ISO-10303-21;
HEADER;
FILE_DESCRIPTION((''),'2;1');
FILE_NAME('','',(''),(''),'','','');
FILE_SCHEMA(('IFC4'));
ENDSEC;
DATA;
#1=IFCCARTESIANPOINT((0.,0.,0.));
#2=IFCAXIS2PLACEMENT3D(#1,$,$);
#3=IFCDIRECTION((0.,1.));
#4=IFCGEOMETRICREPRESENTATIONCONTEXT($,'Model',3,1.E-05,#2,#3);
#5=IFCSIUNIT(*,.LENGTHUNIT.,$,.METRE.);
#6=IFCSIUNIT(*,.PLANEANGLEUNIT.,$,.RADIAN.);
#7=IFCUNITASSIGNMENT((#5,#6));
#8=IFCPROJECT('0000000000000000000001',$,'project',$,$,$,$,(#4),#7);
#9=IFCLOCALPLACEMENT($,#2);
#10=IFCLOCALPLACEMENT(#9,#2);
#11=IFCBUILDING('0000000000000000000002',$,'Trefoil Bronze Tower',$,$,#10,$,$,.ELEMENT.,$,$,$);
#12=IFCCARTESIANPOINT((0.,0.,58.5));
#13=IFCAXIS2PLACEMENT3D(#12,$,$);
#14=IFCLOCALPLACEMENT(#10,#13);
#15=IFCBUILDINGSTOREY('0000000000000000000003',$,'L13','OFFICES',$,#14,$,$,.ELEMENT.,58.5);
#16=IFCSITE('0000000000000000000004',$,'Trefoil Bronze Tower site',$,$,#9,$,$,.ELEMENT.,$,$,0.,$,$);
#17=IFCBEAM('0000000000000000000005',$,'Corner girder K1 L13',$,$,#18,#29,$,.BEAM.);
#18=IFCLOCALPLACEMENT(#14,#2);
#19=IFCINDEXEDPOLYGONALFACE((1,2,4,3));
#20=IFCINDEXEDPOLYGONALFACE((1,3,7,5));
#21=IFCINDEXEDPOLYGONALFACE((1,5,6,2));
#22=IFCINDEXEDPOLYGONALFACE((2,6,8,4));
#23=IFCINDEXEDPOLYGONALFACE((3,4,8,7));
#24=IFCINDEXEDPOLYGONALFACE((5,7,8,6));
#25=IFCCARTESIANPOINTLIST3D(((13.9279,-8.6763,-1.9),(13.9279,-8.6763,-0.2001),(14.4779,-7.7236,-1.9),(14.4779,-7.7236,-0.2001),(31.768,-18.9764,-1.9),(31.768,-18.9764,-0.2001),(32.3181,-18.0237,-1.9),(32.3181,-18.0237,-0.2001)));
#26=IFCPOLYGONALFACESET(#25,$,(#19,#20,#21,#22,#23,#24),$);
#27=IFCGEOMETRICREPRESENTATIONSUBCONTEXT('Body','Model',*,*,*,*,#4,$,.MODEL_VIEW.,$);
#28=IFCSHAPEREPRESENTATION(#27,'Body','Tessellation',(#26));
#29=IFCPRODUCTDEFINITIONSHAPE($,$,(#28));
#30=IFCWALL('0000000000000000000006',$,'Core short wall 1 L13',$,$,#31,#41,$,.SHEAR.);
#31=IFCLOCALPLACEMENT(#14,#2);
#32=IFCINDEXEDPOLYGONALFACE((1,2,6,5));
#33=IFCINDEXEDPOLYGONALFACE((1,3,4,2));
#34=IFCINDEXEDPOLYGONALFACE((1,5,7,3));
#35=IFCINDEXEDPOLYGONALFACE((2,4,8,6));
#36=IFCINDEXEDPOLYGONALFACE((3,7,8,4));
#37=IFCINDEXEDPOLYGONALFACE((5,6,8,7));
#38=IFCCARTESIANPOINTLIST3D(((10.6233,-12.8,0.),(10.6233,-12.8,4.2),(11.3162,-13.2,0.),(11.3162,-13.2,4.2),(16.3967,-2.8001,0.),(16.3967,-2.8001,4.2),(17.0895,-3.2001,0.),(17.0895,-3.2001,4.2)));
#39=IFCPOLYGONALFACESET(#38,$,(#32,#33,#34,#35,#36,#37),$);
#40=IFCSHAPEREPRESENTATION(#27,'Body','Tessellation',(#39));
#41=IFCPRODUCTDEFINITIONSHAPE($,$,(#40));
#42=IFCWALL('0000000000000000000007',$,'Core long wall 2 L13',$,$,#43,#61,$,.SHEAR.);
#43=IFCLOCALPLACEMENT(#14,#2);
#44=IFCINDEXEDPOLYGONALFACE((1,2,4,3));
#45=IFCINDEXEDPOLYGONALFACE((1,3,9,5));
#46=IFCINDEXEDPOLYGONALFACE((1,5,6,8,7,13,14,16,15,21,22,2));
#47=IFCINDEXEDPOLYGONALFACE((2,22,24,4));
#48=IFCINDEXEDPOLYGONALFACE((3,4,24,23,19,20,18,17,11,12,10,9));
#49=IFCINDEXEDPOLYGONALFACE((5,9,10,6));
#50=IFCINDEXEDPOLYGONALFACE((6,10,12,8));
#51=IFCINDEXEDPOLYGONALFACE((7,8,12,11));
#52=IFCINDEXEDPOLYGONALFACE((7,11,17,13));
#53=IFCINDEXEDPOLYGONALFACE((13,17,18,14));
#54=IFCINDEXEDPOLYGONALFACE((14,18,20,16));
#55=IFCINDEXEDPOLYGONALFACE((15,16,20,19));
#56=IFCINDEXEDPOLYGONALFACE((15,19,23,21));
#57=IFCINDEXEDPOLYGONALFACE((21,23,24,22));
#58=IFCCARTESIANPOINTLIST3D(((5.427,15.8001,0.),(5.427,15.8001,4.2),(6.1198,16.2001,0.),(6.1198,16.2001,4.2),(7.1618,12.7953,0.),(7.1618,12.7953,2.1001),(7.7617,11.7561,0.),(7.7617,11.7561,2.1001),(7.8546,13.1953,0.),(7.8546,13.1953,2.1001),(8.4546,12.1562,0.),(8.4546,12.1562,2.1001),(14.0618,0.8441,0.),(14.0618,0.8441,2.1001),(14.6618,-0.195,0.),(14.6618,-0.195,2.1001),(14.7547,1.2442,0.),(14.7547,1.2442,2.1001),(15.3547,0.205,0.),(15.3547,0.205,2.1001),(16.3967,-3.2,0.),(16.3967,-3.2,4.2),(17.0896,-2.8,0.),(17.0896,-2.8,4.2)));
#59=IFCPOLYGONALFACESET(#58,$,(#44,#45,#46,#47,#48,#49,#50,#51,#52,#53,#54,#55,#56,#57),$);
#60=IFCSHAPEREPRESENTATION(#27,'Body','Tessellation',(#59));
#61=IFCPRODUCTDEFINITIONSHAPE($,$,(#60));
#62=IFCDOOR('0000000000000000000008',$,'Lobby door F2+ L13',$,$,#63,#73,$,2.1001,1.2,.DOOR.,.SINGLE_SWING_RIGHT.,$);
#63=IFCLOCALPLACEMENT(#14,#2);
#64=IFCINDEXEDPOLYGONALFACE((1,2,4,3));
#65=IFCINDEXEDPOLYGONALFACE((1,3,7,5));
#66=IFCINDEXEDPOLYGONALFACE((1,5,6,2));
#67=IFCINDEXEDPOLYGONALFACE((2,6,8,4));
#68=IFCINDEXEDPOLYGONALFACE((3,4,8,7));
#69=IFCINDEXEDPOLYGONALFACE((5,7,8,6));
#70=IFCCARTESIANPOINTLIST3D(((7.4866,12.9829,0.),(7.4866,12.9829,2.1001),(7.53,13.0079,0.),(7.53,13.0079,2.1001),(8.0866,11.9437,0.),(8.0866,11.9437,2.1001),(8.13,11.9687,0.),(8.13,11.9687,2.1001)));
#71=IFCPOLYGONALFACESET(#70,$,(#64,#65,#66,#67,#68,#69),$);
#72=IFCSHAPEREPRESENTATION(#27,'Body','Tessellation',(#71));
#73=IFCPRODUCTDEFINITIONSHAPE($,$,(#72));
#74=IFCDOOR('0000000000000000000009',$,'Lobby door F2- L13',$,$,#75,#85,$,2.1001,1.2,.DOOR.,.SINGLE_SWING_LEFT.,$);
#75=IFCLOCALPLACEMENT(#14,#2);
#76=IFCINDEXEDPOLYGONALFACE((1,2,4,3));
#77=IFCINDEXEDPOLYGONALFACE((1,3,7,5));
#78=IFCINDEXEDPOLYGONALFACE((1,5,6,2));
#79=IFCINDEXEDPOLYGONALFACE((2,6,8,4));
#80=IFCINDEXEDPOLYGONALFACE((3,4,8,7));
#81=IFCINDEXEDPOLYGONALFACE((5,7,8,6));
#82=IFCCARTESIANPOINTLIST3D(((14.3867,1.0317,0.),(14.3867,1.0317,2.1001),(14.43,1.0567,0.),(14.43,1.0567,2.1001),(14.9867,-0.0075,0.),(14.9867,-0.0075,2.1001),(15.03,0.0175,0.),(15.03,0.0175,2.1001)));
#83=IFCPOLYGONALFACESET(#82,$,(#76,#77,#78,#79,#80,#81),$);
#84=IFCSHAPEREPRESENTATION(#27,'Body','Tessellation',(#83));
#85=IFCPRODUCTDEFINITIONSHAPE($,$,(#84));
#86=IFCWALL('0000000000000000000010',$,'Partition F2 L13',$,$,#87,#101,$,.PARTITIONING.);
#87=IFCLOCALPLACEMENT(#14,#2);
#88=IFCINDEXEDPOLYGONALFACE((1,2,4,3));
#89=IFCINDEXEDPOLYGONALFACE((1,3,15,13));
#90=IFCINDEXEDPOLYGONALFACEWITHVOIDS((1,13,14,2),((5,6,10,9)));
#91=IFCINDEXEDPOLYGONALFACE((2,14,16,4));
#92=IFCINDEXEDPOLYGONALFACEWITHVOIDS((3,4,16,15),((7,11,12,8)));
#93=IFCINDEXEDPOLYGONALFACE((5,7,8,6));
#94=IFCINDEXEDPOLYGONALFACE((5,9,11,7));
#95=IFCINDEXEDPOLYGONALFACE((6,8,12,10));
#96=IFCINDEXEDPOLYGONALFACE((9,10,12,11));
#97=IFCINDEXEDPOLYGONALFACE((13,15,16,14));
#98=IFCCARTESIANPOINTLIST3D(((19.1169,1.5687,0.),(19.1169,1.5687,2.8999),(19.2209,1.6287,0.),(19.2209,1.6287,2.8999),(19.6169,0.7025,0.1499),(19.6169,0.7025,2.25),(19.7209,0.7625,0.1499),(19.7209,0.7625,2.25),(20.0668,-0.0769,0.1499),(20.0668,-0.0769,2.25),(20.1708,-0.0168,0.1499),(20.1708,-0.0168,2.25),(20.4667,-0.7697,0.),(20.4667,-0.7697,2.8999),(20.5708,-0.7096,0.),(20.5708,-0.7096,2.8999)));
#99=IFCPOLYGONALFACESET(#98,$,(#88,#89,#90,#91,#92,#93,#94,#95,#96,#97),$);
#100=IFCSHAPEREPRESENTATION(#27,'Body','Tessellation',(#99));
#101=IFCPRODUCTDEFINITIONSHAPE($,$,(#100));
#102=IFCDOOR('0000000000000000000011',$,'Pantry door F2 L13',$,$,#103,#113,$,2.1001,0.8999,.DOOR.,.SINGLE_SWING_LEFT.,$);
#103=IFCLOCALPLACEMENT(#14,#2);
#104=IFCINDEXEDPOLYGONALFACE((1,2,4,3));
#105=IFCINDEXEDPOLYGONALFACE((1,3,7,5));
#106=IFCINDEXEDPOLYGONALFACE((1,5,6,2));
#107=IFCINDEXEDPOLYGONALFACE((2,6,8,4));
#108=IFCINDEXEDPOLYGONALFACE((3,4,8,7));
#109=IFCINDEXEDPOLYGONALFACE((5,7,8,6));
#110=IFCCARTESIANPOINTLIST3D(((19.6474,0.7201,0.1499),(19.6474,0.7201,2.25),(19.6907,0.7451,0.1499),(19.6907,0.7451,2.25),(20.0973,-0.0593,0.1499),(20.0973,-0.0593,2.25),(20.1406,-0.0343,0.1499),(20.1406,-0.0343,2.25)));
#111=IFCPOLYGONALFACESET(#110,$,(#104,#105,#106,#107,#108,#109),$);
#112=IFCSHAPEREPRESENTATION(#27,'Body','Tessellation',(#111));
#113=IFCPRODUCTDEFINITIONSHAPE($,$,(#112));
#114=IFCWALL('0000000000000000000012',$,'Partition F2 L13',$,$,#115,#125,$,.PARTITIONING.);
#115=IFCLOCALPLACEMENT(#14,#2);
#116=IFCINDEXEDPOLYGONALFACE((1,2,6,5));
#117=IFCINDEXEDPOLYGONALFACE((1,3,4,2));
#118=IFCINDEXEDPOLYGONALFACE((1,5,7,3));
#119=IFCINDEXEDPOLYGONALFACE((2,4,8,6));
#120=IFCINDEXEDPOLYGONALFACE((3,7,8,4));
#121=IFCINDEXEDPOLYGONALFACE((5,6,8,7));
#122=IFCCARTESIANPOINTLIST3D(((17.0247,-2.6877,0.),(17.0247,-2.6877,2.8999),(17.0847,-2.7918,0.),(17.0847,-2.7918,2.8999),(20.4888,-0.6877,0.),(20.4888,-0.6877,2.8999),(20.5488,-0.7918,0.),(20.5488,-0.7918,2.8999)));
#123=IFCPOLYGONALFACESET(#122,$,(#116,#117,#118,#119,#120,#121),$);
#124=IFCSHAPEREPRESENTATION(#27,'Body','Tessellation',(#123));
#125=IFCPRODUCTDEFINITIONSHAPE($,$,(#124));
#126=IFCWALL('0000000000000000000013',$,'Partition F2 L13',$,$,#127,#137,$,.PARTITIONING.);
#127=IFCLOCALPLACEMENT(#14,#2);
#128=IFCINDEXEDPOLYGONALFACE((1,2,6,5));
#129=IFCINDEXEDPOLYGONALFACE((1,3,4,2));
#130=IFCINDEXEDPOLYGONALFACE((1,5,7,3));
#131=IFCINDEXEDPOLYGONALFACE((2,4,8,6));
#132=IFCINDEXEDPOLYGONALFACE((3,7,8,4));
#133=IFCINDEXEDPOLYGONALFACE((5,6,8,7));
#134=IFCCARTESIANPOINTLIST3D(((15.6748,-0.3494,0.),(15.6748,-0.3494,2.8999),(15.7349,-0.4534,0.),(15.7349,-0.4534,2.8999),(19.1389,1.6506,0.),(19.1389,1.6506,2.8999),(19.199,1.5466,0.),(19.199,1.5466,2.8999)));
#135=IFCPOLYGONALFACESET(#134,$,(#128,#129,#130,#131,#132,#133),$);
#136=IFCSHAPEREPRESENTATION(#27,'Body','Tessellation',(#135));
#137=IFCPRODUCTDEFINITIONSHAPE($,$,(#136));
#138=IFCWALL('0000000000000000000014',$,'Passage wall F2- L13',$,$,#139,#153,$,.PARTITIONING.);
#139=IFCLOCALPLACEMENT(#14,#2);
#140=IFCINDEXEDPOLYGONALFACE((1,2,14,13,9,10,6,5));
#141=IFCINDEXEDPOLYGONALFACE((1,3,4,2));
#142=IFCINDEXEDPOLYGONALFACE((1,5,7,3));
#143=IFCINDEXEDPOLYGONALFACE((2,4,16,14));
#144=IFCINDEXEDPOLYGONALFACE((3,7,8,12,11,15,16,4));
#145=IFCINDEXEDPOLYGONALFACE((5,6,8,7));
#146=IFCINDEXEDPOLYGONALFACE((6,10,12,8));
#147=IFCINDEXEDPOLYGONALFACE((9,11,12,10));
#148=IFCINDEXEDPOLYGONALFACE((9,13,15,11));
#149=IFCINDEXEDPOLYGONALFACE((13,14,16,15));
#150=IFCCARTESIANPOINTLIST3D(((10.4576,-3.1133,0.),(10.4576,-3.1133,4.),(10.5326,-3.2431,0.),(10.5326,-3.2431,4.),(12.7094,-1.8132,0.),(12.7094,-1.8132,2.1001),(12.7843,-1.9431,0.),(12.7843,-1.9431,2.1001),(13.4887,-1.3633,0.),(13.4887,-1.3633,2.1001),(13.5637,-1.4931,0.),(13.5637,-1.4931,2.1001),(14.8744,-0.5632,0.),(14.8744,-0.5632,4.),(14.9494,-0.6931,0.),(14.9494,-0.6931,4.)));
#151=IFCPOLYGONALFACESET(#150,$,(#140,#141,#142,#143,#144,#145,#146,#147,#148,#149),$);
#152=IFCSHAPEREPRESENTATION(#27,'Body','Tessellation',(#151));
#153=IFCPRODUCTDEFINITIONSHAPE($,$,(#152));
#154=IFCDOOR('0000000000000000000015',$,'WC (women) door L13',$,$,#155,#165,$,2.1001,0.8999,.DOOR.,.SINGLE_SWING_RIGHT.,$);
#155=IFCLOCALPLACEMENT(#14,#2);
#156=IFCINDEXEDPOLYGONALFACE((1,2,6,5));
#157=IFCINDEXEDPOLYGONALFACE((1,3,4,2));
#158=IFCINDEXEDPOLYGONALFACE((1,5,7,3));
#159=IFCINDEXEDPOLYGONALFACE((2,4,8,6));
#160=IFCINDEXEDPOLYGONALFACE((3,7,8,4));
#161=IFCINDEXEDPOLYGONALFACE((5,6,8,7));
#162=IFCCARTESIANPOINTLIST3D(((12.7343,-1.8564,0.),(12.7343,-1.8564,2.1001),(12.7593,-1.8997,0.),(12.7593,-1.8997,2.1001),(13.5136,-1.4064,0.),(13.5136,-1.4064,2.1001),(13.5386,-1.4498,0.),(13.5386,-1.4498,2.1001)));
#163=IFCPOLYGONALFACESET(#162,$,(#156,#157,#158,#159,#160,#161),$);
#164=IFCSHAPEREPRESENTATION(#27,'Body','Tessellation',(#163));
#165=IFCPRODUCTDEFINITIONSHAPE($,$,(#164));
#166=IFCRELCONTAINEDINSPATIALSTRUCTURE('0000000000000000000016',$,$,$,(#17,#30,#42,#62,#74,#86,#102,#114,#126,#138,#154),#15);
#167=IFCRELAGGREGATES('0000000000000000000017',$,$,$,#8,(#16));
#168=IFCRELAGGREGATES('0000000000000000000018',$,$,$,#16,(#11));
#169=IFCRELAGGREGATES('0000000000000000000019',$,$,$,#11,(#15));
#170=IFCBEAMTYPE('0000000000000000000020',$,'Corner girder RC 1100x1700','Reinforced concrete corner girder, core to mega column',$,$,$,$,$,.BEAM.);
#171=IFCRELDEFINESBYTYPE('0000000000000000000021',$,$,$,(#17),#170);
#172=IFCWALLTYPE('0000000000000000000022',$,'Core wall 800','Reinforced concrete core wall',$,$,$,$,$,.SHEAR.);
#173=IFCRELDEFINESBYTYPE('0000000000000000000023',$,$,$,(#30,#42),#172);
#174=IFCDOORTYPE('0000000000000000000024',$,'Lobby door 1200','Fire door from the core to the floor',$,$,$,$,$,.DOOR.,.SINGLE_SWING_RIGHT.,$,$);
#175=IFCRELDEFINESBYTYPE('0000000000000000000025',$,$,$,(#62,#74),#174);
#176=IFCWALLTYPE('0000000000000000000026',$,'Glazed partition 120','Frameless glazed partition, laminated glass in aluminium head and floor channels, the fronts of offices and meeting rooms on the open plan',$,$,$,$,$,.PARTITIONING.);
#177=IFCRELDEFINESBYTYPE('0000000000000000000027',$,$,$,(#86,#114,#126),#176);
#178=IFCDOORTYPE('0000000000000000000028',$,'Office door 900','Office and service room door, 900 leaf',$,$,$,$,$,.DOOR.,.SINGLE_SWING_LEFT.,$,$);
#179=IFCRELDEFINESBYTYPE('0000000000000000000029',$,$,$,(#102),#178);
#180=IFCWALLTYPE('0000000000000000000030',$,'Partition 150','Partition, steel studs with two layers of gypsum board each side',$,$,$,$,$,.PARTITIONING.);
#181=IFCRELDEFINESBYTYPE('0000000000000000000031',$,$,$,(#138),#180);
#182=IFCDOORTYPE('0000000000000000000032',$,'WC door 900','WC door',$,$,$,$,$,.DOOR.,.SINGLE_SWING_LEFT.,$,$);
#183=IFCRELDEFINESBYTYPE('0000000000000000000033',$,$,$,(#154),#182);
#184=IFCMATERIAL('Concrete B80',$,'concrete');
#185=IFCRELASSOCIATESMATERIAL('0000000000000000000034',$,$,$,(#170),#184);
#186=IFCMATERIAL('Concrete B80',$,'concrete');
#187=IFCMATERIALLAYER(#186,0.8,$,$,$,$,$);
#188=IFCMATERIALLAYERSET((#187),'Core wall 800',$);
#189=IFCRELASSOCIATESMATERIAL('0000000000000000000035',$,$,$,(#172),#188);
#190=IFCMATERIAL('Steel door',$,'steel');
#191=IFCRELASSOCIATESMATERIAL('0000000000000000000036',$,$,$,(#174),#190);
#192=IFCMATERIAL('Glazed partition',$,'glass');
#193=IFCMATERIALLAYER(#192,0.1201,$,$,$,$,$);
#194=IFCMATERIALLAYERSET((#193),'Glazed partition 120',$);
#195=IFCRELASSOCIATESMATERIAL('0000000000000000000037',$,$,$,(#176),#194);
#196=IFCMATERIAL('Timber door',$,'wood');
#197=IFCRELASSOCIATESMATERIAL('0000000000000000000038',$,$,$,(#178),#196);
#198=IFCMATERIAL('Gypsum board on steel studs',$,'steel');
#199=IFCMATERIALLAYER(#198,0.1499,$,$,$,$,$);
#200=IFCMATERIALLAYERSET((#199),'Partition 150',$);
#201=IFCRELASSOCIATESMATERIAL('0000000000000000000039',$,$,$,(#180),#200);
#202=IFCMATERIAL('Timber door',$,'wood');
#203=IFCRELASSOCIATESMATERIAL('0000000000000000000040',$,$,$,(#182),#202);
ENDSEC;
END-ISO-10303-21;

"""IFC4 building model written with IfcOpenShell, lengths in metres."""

from ifc_helpers import new_model, si_unit, direction, frame, frame_2d, origin, origin_2d, place, context, subcontext, project, spatial, rectangle, extrude, material, layer, layer_set, material_profile, profile_set, type_object, element, fill, save


model = new_model("IFC4")

# Units and contexts
model_context = context("Model", 3, precision=1e-05, world=origin(), true_north=direction((0.0, 1.0)))
body_context = subcontext(model_context, "Body", "Model", "MODEL_VIEW")
ifc_project = project(units=[si_unit("LENGTHUNIT", "METRE"), si_unit("PLANEANGLEUNIT", "RADIAN")], contexts=[model_context])

# Site, building, storey
site_placement = place(None, origin())
site = spatial("IfcSite", under=ifc_project, at=site_placement, Name="Trefoil Bronze Tower site", CompositionType="ELEMENT", RefElevation=0.0)
building_placement = place(site_placement, origin())
building = spatial("IfcBuilding", under=site, at=building_placement, Name="Trefoil Bronze Tower", CompositionType="ELEMENT")
storey_placement = place(building_placement, frame((0.0, 0.0, 58.5)))
storey = spatial("IfcBuildingStorey", under=building, at=storey_placement, Name="L13", Description="OFFICES", CompositionType="ELEMENT", Elevation=58.5)

# Beam
ifc_material_1 = material(Name="Concrete B80", Category="concrete")
ifc_material_profile_1 = material_profile(ifc_material_1, rectangle(XDim=1.1001, YDim=1.7, at=origin_2d()), Name="RC 1100x1700")
ifc_profile_set_1 = profile_set([ifc_material_profile_1], Name="Concrete B80")
beam_type_1 = type_object("IfcBeamType", Name="Corner girder RC 1100x1700", Description="Reinforced concrete corner girder, core to mega column", PredefinedType="BEAM", material=ifc_profile_set_1)
beam_placement = place(storey_placement, frame((14.2029, -8.2, -1.05), z_axis=(0.866024, -0.500003, 0.0), x_axis=(0.500003, 0.866024, 0.0)))
element("IfcBeam", 1, at=beam_placement, inside=storey, type_object=beam_type_1, Name="Corner girder K1 L13", PredefinedType="BEAM", context=body_context, shape_type="SweptSolid", body=[
    extrude(rectangle(XDim=1.1001, YDim=1.7, at=origin_2d()), origin(), (0.0, 0.0, 1.0), 20.6001),
])

# Wall
ifc_material_2 = material(Name="Concrete B80", Category="concrete")
ifc_layer_1 = layer(ifc_material_2, 0.8)
ifc_layer_set_1 = layer_set([ifc_layer_1], Name="Core wall 800")
wall_type_1 = type_object("IfcWallType", Name="Core wall 800", Description="Reinforced concrete core wall", PredefinedType="SHEAR", material=ifc_layer_set_1)
wall_1_placement = place(storey_placement, frame((10.9697, -13.0, 0.0), z_axis=(0.0, 0.0, 1.0), x_axis=(0.499996, 0.866028, 0.0)))
element("IfcWall", 2, at=wall_1_placement, inside=storey, type_object=wall_type_1, Name="Core short wall 1 L13", PredefinedType="SHEAR", context=body_context, shape_type="SweptSolid", body=[
    extrude(rectangle(XDim=11.5469, YDim=0.8, at=frame_2d((5.7734, 0.0))), origin(), (0.0, 0.0, 1.0), 4.2),
])

# Wall, openings, doors
wall_2_placement = place(storey_placement, frame((16.7432, -3.0, 0.0), z_axis=(0.0, 0.0, 1.0), x_axis=(-0.500002, 0.866024, 0.0)))
wall_2 = element("IfcWall", 3, at=wall_2_placement, inside=storey, type_object=wall_type_1, Name="Core long wall 2 L13", PredefinedType="SHEAR", context=body_context, shape_type="SweptSolid", body=[
    extrude(rectangle(XDim=21.9395, YDim=0.8, at=frame_2d((10.9697, 0.0))), origin(), (0.0, 0.0, 1.0), 4.2),
])
opening_1_placement = place(wall_2_placement, frame((17.2698, 0.0, 0.0)))
opening_1 = element("IfcOpeningElement", 4, at=opening_1_placement, cuts=wall_2, PredefinedType="OPENING", context=body_context, shape_type="SweptSolid", body=[
    extrude(rectangle(XDim=1.2, YDim=2.1001, at=frame_2d((0.6001, 1.05))), frame((0.0, 0.4099, 0.0), z_axis=(0.0, -1.0, 0.0), x_axis=(1.0, 0.0, 0.0)), (0.0, 0.0, 1.0), 0.8201),
])
opening_2_placement = place(wall_2_placement, frame((3.4697, 0.0, 0.0)))
opening_2 = element("IfcOpeningElement", 5, at=opening_2_placement, cuts=wall_2, PredefinedType="OPENING", context=body_context, shape_type="SweptSolid", body=[
    extrude(rectangle(XDim=1.2, YDim=2.1001, at=frame_2d((0.6001, 1.05))), frame((0.0, 0.4099, 0.0), z_axis=(0.0, -1.0, 0.0), x_axis=(1.0, 0.0, 0.0)), (0.0, 0.0, 1.0), 0.8201),
])
ifc_material_3 = material(Name="Steel door", Category="steel")
door_type_1 = type_object("IfcDoorType", Name="Lobby door 1200", Description="Fire door from the core to the floor", OperationType="SINGLE_SWING_RIGHT", PredefinedType="DOOR", material=ifc_material_3)
door_1_placement = place(opening_1_placement, origin())
door_1 = element("IfcDoor", 6, at=door_1_placement, inside=storey, type_object=door_type_1, Name="Lobby door F2+ L13", OperationType="SINGLE_SWING_RIGHT", OverallHeight=2.1001, OverallWidth=1.2, PredefinedType="DOOR", context=body_context, shape_type="SweptSolid", body=[
    extrude(rectangle(XDim=1.2, YDim=2.1001, at=frame_2d((0.6001, 1.05))), frame((0.0, 0.0249, 0.0), z_axis=(0.0, -1.0, 0.0), x_axis=(1.0, 0.0, 0.0)), (0.0, 0.0, 1.0), 0.05),
])
fill(opening_1, door_1)
door_2_placement = place(opening_2_placement, origin())
door_2 = element("IfcDoor", 7, at=door_2_placement, inside=storey, type_object=door_type_1, Name="Lobby door F2- L13", OperationType="SINGLE_SWING_LEFT", OverallHeight=2.1001, OverallWidth=1.2, PredefinedType="DOOR", context=body_context, shape_type="SweptSolid", body=[
    extrude(rectangle(XDim=1.2, YDim=2.1001, at=frame_2d((0.6001, 1.05))), frame((0.0, 0.0249, 0.0), z_axis=(0.0, -1.0, 0.0), x_axis=(1.0, 0.0, 0.0)), (0.0, 0.0, 1.0), 0.05),
])
fill(opening_2, door_2)

# Wall, opening, door
ifc_material_4 = material(Name="Glazed partition", Category="glass")
ifc_layer_2 = layer(ifc_material_4, 0.1201)
ifc_layer_set_2 = layer_set([ifc_layer_2], Name="Glazed partition 120")
wall_type_2 = type_object("IfcWallType", Name="Glazed partition 120", Description="Frameless glazed partition, laminated glass in aluminium head and floor channels, the fronts of offices and meeting rooms on the open plan", PredefinedType="PARTITIONING", material=ifc_layer_set_2)
wall_3_placement = place(storey_placement, frame((20.5188, -0.7397, 0.0), z_axis=(0.0, 0.0, 1.0), x_axis=(-0.499942, 0.866059, 0.0)))
wall_3 = element("IfcWall", 8, at=wall_3_placement, inside=storey, type_object=wall_type_2, Name="Partition F2 L13", PredefinedType="PARTITIONING", context=body_context, shape_type="SweptSolid", body=[
    extrude(rectangle(XDim=2.7, YDim=0.1201, at=frame_2d((1.3501, 0.0))), origin(), (0.0, 0.0, 1.0), 2.8999),
])
opening_3_placement = place(wall_3_placement, frame((0.8, 0.0, 0.1499)))
opening_3 = element("IfcOpeningElement", 9, at=opening_3_placement, cuts=wall_3, PredefinedType="OPENING", context=body_context, shape_type="SweptSolid", body=[
    extrude(rectangle(XDim=0.8999, YDim=2.1001, at=frame_2d((0.45, 1.05))), frame((0.0, 0.0701, 0.0), z_axis=(0.0, -1.0, 0.0), x_axis=(1.0, 0.0, 0.0)), (0.0, 0.0, 1.0), 0.1401),
])
ifc_material_5 = material(Name="Timber door", Category="wood")
door_type_2 = type_object("IfcDoorType", Name="Office door 900", Description="Office and service room door, 900 leaf", OperationType="SINGLE_SWING_LEFT", PredefinedType="DOOR", material=ifc_material_5)
door_3_placement = place(opening_3_placement, origin())
door_3 = element("IfcDoor", 10, at=door_3_placement, inside=storey, type_object=door_type_2, Name="Pantry door F2 L13", OperationType="SINGLE_SWING_LEFT", OverallHeight=2.1001, OverallWidth=0.8999, PredefinedType="DOOR", context=body_context, shape_type="SweptSolid", body=[
    extrude(rectangle(XDim=0.8999, YDim=2.1001, at=frame_2d((0.45, 1.05))), frame((0.0, 0.0249, 0.0), z_axis=(0.0, -1.0, 0.0), x_axis=(1.0, 0.0, 0.0)), (0.0, 0.0, 1.0), 0.05),
])
fill(opening_3, door_3)

# Walls
for number, where, z_axis, x_axis, name in (
    (11, (17.0547, -2.7397, 0.0), (0.0, 0.0, 1.0), (0.866026, 0.499999, 0.0), "Partition F2 L13"),
    (12, (15.7048, -0.4014, 0.0), (0.0, 0.0, 1.0), (0.866026, 0.499999, 0.0), "Partition F2 L13"),
):
    element("IfcWall", number, at=place(storey_placement, frame(where, z_axis=z_axis, x_axis=x_axis)), inside=storey, type_object=wall_type_2, Name=name, PredefinedType="PARTITIONING", context=body_context, shape_type="SweptSolid", body=[
        extrude(rectangle(XDim=4.0, YDim=0.1201, at=frame_2d((2.0, 0.0))), origin(), (0.0, 0.0, 1.0), 2.8999),
    ])

# Wall, opening, door
ifc_material_6 = material(Name="Gypsum board on steel studs", Category="steel")
ifc_layer_3 = layer(ifc_material_6, 0.1499)
ifc_layer_set_3 = layer_set([ifc_layer_3], Name="Partition 150")
wall_type_3 = type_object("IfcWallType", Name="Partition 150", Description="Partition, steel studs with two layers of gypsum board each side", PredefinedType="PARTITIONING", material=ifc_layer_set_3)
wall_4_placement = place(storey_placement, frame((10.4951, -3.1782, 0.0), z_axis=(0.0, 0.0, 1.0), x_axis=(0.866022, 0.500006, 0.0)))
wall_4 = element("IfcWall", 13, at=wall_4_placement, inside=storey, type_object=wall_type_3, Name="Passage wall F2- L13", PredefinedType="PARTITIONING", context=body_context, shape_type="SweptSolid", body=[
    extrude(rectangle(XDim=5.1001, YDim=0.1499, at=frame_2d((2.55, 0.0))), origin(), (0.0, 0.0, 1.0), 4.0),
])
opening_4_placement = place(wall_4_placement, frame((2.6001, 0.0, 0.0)))
opening_4 = element("IfcOpeningElement", 14, at=opening_4_placement, cuts=wall_4, PredefinedType="OPENING", context=body_context, shape_type="SweptSolid", body=[
    extrude(rectangle(XDim=0.8999, YDim=2.1001, at=frame_2d((0.45, 1.05))), frame((0.0, 0.085, 0.0), z_axis=(0.0, -1.0, 0.0), x_axis=(1.0, 0.0, 0.0)), (0.0, 0.0, 1.0), 0.1699),
])
ifc_material_7 = material(Name="Timber door", Category="wood")
door_type_3 = type_object("IfcDoorType", Name="WC door 900", Description="WC door", OperationType="SINGLE_SWING_LEFT", PredefinedType="DOOR", material=ifc_material_7)
door_4_placement = place(opening_4_placement, frame((0.8999, 0.0, 0.0), z_axis=(0.0, 0.0, 1.0), x_axis=(-1.0, 0.0, 0.0)))
door_4 = element("IfcDoor", 15, at=door_4_placement, inside=storey, type_object=door_type_3, Name="WC (women) door L13", OperationType="SINGLE_SWING_RIGHT", OverallHeight=2.1001, OverallWidth=0.8999, PredefinedType="DOOR", context=body_context, shape_type="SweptSolid", body=[
    extrude(rectangle(XDim=0.8999, YDim=2.1001, at=frame_2d((0.45, 1.05))), frame((0.0, 0.0249, 0.0), z_axis=(0.0, -1.0, 0.0), x_axis=(1.0, 0.0, 0.0)), (0.0, 0.0, 1.0), 0.05),
])
fill(opening_4, door_4)

save(model, "model.ifc")
